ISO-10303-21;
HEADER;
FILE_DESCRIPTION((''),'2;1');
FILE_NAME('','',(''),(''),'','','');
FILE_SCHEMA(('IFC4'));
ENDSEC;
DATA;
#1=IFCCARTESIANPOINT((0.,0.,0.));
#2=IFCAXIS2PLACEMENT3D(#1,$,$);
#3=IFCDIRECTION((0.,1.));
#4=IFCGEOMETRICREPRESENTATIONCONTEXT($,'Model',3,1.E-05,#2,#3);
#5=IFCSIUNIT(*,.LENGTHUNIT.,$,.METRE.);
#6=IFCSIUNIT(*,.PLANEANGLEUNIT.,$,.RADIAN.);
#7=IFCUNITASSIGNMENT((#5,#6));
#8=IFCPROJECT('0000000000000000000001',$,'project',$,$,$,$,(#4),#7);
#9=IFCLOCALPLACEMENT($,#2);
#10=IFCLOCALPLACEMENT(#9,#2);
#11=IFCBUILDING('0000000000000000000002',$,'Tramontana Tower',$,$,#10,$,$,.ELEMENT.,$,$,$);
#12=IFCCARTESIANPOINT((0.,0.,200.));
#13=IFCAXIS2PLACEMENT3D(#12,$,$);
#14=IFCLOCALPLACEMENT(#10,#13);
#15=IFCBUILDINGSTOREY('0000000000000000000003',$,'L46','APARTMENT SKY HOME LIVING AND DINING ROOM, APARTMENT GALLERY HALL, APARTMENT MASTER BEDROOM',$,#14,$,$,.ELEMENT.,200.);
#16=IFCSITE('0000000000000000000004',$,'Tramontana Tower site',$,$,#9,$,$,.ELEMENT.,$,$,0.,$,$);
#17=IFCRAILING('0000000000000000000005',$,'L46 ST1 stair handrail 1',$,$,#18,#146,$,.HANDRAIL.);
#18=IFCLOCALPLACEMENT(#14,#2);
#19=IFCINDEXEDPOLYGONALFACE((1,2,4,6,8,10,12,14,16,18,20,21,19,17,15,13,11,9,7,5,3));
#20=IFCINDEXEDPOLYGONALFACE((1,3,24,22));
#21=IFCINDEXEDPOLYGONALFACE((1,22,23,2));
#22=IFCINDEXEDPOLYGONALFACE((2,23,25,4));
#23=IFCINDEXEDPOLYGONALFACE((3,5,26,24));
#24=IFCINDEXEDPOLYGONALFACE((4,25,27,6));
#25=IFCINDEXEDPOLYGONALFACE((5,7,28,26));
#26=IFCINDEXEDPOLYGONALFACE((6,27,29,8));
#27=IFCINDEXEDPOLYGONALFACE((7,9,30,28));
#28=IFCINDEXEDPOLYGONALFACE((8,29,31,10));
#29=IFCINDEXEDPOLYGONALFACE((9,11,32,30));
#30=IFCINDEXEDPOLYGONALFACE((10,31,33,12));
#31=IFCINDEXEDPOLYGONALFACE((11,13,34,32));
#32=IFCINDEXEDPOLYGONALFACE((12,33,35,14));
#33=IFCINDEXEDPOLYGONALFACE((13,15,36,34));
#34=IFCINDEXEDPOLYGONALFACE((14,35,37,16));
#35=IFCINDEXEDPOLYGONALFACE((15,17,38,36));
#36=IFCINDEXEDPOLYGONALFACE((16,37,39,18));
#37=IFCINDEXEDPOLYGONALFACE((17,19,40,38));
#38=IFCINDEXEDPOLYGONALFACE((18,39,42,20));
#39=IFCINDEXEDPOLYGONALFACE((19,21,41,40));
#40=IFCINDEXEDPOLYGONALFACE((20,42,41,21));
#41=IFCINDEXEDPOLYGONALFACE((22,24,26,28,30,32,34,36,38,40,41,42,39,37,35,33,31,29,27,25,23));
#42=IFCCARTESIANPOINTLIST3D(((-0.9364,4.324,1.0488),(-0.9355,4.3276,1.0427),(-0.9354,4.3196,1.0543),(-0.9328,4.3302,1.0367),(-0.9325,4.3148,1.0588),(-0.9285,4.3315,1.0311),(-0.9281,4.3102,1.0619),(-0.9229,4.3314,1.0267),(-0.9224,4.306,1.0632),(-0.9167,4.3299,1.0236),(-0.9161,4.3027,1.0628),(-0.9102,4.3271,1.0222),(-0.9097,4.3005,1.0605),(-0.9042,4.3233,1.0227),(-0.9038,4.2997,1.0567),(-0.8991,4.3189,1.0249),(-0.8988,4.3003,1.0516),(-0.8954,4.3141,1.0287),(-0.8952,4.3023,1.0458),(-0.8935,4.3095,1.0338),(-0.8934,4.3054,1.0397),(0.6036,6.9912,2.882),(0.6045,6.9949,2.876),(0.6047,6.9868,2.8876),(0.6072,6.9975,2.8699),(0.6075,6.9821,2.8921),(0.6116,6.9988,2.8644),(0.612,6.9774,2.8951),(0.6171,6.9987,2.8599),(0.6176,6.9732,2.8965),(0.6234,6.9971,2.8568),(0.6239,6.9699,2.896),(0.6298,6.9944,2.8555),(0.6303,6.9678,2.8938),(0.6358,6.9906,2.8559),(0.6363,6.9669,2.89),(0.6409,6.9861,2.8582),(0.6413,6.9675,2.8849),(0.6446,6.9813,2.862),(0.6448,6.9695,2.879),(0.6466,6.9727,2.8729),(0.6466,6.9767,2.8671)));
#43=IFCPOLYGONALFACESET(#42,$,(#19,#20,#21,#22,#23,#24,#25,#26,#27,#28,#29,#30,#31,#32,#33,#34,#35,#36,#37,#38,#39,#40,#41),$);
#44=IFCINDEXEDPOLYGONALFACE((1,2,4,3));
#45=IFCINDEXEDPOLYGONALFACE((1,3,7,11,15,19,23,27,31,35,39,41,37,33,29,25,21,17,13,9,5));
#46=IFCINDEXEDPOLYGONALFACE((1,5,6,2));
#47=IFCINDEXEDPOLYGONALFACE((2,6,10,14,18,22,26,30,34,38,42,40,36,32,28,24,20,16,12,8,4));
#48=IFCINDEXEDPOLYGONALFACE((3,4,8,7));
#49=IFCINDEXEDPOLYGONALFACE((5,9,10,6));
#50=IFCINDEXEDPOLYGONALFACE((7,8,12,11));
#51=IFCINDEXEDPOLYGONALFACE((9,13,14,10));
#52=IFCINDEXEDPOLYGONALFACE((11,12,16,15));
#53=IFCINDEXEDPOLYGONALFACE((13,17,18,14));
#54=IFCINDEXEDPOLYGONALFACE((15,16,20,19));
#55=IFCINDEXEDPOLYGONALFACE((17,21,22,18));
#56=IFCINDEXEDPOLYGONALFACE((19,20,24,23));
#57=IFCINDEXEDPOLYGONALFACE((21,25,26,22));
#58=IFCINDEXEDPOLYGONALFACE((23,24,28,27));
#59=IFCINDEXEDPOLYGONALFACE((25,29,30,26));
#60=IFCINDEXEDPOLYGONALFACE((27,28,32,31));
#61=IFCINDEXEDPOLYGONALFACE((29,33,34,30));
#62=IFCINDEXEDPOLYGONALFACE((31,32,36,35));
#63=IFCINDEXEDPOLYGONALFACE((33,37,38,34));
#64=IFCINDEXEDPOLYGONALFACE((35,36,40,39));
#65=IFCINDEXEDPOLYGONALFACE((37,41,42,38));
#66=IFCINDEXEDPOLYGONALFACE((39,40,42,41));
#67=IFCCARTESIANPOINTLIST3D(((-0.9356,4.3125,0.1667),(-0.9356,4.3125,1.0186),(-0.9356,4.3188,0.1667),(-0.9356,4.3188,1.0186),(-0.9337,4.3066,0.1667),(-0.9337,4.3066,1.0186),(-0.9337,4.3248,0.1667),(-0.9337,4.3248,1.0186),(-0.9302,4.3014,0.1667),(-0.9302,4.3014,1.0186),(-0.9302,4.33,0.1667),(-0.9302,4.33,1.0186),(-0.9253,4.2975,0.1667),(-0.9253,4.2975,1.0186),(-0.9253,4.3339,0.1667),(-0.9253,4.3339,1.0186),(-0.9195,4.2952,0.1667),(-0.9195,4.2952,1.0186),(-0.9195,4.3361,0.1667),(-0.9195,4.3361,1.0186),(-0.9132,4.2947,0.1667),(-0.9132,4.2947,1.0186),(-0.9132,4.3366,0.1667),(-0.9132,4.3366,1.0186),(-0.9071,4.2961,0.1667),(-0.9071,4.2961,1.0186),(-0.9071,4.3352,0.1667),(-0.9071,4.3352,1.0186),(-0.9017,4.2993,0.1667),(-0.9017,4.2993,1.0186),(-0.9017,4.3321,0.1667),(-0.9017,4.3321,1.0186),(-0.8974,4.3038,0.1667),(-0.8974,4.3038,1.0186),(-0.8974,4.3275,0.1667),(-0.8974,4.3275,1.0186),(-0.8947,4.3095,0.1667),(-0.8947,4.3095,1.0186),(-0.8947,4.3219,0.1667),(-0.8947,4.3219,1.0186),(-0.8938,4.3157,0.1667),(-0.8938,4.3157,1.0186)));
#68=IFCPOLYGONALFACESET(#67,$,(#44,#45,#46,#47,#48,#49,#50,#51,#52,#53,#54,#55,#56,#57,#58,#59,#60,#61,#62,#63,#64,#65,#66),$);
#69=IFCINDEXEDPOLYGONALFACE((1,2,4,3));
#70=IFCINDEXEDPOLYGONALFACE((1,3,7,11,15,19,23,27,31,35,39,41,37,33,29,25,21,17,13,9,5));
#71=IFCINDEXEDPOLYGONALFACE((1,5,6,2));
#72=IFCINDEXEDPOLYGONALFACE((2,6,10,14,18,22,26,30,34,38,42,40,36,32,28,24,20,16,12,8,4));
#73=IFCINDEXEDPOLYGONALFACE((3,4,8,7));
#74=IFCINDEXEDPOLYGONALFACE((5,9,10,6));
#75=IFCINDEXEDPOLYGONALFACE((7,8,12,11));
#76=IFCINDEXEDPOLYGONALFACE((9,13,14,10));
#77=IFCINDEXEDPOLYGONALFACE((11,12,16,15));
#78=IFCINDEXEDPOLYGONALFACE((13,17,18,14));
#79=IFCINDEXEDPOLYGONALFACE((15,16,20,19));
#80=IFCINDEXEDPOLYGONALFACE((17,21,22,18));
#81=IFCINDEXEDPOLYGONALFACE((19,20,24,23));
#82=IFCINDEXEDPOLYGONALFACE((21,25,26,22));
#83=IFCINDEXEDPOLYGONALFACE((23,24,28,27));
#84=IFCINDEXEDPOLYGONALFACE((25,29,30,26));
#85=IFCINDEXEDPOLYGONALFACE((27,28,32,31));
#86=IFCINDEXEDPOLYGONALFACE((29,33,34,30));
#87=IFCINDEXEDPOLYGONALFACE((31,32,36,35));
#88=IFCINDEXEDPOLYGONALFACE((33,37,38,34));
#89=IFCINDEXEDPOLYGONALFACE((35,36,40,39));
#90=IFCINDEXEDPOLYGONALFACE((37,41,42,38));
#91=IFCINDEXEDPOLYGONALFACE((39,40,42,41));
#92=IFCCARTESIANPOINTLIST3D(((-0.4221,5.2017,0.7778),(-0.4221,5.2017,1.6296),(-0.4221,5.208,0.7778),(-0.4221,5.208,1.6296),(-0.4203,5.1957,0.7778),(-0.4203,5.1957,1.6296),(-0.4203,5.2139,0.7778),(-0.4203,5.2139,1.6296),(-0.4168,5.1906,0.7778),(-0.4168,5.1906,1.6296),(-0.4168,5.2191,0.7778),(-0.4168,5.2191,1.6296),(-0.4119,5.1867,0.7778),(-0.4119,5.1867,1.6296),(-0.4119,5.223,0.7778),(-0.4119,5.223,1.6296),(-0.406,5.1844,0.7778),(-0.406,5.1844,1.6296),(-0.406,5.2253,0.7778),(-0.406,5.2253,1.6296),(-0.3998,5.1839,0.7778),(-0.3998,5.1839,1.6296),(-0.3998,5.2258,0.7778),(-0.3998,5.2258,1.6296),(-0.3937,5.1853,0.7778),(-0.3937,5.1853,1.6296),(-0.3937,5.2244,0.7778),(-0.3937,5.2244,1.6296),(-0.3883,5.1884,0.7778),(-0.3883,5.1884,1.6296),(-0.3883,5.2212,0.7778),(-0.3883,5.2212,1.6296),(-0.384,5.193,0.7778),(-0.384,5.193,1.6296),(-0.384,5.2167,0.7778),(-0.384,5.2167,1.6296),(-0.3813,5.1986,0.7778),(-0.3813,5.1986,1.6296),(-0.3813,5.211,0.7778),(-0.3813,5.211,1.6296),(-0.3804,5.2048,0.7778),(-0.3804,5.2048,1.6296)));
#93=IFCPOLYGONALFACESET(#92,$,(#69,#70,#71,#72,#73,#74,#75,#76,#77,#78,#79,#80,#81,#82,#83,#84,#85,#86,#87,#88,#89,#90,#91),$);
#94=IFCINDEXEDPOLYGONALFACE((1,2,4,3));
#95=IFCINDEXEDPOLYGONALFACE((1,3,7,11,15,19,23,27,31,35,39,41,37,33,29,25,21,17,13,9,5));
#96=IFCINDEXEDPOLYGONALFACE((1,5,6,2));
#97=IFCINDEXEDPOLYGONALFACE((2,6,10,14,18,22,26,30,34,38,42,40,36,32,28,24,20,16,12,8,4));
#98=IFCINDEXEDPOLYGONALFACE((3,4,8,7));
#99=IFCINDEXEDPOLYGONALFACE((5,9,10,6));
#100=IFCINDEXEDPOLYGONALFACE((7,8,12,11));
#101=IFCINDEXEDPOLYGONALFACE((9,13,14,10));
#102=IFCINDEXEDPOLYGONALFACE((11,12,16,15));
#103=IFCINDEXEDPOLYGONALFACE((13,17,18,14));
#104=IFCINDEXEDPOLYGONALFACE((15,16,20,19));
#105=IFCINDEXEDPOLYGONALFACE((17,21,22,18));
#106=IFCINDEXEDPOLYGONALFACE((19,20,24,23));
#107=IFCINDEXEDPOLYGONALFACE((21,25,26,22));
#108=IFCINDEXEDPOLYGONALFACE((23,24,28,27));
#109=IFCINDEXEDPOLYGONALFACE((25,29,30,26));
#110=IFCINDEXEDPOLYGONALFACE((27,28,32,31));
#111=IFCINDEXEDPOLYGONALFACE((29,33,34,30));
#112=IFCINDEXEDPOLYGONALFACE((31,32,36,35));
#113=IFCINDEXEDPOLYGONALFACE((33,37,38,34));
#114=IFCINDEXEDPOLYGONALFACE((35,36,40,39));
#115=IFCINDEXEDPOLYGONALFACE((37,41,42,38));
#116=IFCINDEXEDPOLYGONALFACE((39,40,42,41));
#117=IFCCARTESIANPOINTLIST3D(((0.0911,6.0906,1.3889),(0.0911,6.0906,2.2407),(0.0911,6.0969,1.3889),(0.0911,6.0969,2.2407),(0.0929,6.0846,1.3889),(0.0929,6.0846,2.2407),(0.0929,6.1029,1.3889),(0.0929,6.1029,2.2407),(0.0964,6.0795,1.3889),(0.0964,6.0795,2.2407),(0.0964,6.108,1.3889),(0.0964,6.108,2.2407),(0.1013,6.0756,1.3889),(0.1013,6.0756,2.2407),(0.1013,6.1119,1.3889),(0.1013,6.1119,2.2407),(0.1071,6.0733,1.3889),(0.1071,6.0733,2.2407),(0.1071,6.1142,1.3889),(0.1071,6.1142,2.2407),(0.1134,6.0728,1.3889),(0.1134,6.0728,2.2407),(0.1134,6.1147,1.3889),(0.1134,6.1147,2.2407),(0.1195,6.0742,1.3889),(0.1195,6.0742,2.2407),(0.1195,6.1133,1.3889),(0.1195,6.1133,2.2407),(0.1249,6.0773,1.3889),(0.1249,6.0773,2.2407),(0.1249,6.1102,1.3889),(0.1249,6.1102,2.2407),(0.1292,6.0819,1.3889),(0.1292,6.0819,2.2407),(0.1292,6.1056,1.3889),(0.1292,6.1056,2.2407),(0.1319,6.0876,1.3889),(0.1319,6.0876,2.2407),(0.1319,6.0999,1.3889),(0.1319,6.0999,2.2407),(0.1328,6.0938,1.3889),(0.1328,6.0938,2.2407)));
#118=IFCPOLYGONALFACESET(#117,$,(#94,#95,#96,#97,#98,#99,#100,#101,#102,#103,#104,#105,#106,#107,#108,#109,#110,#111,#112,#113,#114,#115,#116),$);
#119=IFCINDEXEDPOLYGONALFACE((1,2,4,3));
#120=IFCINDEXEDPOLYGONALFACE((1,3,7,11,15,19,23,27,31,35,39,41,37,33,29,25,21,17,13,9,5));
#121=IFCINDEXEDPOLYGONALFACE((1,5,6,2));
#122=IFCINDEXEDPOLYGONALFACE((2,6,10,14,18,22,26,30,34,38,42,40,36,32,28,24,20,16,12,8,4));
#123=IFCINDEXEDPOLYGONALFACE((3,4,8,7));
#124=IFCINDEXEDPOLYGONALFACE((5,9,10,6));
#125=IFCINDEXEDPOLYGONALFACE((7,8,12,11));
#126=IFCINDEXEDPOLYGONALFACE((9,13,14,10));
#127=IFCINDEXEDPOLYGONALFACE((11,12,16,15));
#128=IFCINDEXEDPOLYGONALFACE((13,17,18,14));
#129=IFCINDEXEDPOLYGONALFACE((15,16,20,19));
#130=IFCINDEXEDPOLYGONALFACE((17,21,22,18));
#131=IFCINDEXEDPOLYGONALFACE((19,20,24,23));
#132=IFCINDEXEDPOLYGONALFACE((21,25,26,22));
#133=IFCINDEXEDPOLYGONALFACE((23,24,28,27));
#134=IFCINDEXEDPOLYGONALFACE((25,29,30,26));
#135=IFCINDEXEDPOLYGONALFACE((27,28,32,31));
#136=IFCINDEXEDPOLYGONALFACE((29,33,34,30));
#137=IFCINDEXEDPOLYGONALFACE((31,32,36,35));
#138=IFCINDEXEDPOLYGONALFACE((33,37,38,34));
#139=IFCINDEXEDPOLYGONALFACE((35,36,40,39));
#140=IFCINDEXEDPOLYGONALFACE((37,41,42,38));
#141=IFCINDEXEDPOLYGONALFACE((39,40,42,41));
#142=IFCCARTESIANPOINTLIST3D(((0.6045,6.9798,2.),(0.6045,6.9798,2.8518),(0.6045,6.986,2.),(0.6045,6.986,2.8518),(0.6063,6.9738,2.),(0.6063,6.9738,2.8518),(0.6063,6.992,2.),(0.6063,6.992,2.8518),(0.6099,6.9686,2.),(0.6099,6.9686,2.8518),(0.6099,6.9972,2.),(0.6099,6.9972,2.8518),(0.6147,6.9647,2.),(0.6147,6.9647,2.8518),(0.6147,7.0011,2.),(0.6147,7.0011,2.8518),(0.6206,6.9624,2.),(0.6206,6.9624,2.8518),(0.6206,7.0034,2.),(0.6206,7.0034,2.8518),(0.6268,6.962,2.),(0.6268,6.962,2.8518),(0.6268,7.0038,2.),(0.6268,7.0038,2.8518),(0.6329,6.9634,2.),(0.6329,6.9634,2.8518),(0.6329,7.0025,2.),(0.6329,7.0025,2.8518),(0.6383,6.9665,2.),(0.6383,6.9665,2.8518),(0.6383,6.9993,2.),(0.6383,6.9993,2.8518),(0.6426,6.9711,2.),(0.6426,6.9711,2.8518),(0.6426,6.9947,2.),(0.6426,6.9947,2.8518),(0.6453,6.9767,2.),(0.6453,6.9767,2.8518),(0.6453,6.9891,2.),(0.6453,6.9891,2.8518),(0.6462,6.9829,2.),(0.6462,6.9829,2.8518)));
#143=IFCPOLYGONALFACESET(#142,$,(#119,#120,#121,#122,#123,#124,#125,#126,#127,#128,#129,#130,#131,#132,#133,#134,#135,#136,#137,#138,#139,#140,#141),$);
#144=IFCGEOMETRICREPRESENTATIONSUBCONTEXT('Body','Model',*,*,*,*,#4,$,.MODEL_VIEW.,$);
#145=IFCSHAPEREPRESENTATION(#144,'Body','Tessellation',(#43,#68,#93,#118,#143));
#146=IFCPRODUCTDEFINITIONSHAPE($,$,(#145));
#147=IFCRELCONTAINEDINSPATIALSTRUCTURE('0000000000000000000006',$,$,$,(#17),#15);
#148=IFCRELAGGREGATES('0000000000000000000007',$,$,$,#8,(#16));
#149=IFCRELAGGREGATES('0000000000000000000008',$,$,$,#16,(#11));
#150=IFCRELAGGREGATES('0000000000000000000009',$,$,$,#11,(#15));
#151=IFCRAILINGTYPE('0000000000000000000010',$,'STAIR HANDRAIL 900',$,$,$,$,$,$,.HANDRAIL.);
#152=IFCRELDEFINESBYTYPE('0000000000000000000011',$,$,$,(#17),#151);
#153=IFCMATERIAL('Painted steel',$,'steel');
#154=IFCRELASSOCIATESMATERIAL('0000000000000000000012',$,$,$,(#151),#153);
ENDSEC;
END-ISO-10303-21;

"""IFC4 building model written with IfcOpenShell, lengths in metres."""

from ifc_helpers import new_model, si_unit, direction, frame, origin, origin_2d, place, context, subcontext, project, spatial, circle, extrude, material, type_object, element, save


model = new_model("IFC4")

# Units and contexts
model_context = context("Model", 3, precision=1e-05, world=origin(), true_north=direction((0.0, 1.0)))
body_context = subcontext(model_context, "Body", "Model", "MODEL_VIEW")
ifc_project = project(units=[si_unit("LENGTHUNIT", "METRE"), si_unit("PLANEANGLEUNIT", "RADIAN")], contexts=[model_context])

# Site, building, storey
site_placement = place(None, origin())
site = spatial("IfcSite", under=ifc_project, at=site_placement, Name="Tramontana Tower site", CompositionType="ELEMENT", RefElevation=0.0)
building_placement = place(site_placement, origin())
building = spatial("IfcBuilding", under=site, at=building_placement, Name="Tramontana Tower", CompositionType="ELEMENT")
storey_placement = place(building_placement, frame((0.0, 0.0, 200.0)))
storey = spatial("IfcBuildingStorey", under=building, at=storey_placement, Name="L46", Description="APARTMENT SKY HOME LIVING AND DINING ROOM, APARTMENT GALLERY HALL, APARTMENT MASTER BEDROOM", CompositionType="ELEMENT", Elevation=200.0)

# Railing
ifc_material_1 = material(Name="Painted steel", Category="steel")
railing_type_1 = type_object("IfcRailingType", Name="STAIR HANDRAIL 900", PredefinedType="HANDRAIL", material=ifc_material_1)
railing_1_placement = place(storey_placement, frame((-0.9148, 4.3157, 0.1667)))
element("IfcRailing", 1, at=railing_1_placement, inside=storey, type_object=railing_type_1, Name="L46 ST1 stair handrail 1", PredefinedType="HANDRAIL", context=body_context, shape_type="SweptSolid", body=[
    extrude(circle(Radius=0.0239, at=origin_2d()), frame((0.0, 0.0, 0.876), z_axis=(0.429671, 0.744159, 0.511478), x_axis=(-0.86601, 0.500027, 0.0)), (0.0, 0.0, 1.0), 3.5842),
    extrude(circle(Radius=0.021, at=origin_2d()), origin(), (0.0, 0.0, 1.0), 0.8518),
    extrude(circle(Radius=0.021, at=origin_2d()), frame((0.5134, 0.8892, 0.6111)), (0.0, 0.0, 1.0), 0.8518),
    extrude(circle(Radius=0.021, at=origin_2d()), frame((1.0266, 1.7781, 1.2222)), (0.0, 0.0, 1.0), 0.8518),
    extrude(circle(Radius=0.021, at=origin_2d()), frame((1.54, 2.6672, 1.8333)), (0.0, 0.0, 1.0), 0.8518),
])

save(model, "model.ifc")
